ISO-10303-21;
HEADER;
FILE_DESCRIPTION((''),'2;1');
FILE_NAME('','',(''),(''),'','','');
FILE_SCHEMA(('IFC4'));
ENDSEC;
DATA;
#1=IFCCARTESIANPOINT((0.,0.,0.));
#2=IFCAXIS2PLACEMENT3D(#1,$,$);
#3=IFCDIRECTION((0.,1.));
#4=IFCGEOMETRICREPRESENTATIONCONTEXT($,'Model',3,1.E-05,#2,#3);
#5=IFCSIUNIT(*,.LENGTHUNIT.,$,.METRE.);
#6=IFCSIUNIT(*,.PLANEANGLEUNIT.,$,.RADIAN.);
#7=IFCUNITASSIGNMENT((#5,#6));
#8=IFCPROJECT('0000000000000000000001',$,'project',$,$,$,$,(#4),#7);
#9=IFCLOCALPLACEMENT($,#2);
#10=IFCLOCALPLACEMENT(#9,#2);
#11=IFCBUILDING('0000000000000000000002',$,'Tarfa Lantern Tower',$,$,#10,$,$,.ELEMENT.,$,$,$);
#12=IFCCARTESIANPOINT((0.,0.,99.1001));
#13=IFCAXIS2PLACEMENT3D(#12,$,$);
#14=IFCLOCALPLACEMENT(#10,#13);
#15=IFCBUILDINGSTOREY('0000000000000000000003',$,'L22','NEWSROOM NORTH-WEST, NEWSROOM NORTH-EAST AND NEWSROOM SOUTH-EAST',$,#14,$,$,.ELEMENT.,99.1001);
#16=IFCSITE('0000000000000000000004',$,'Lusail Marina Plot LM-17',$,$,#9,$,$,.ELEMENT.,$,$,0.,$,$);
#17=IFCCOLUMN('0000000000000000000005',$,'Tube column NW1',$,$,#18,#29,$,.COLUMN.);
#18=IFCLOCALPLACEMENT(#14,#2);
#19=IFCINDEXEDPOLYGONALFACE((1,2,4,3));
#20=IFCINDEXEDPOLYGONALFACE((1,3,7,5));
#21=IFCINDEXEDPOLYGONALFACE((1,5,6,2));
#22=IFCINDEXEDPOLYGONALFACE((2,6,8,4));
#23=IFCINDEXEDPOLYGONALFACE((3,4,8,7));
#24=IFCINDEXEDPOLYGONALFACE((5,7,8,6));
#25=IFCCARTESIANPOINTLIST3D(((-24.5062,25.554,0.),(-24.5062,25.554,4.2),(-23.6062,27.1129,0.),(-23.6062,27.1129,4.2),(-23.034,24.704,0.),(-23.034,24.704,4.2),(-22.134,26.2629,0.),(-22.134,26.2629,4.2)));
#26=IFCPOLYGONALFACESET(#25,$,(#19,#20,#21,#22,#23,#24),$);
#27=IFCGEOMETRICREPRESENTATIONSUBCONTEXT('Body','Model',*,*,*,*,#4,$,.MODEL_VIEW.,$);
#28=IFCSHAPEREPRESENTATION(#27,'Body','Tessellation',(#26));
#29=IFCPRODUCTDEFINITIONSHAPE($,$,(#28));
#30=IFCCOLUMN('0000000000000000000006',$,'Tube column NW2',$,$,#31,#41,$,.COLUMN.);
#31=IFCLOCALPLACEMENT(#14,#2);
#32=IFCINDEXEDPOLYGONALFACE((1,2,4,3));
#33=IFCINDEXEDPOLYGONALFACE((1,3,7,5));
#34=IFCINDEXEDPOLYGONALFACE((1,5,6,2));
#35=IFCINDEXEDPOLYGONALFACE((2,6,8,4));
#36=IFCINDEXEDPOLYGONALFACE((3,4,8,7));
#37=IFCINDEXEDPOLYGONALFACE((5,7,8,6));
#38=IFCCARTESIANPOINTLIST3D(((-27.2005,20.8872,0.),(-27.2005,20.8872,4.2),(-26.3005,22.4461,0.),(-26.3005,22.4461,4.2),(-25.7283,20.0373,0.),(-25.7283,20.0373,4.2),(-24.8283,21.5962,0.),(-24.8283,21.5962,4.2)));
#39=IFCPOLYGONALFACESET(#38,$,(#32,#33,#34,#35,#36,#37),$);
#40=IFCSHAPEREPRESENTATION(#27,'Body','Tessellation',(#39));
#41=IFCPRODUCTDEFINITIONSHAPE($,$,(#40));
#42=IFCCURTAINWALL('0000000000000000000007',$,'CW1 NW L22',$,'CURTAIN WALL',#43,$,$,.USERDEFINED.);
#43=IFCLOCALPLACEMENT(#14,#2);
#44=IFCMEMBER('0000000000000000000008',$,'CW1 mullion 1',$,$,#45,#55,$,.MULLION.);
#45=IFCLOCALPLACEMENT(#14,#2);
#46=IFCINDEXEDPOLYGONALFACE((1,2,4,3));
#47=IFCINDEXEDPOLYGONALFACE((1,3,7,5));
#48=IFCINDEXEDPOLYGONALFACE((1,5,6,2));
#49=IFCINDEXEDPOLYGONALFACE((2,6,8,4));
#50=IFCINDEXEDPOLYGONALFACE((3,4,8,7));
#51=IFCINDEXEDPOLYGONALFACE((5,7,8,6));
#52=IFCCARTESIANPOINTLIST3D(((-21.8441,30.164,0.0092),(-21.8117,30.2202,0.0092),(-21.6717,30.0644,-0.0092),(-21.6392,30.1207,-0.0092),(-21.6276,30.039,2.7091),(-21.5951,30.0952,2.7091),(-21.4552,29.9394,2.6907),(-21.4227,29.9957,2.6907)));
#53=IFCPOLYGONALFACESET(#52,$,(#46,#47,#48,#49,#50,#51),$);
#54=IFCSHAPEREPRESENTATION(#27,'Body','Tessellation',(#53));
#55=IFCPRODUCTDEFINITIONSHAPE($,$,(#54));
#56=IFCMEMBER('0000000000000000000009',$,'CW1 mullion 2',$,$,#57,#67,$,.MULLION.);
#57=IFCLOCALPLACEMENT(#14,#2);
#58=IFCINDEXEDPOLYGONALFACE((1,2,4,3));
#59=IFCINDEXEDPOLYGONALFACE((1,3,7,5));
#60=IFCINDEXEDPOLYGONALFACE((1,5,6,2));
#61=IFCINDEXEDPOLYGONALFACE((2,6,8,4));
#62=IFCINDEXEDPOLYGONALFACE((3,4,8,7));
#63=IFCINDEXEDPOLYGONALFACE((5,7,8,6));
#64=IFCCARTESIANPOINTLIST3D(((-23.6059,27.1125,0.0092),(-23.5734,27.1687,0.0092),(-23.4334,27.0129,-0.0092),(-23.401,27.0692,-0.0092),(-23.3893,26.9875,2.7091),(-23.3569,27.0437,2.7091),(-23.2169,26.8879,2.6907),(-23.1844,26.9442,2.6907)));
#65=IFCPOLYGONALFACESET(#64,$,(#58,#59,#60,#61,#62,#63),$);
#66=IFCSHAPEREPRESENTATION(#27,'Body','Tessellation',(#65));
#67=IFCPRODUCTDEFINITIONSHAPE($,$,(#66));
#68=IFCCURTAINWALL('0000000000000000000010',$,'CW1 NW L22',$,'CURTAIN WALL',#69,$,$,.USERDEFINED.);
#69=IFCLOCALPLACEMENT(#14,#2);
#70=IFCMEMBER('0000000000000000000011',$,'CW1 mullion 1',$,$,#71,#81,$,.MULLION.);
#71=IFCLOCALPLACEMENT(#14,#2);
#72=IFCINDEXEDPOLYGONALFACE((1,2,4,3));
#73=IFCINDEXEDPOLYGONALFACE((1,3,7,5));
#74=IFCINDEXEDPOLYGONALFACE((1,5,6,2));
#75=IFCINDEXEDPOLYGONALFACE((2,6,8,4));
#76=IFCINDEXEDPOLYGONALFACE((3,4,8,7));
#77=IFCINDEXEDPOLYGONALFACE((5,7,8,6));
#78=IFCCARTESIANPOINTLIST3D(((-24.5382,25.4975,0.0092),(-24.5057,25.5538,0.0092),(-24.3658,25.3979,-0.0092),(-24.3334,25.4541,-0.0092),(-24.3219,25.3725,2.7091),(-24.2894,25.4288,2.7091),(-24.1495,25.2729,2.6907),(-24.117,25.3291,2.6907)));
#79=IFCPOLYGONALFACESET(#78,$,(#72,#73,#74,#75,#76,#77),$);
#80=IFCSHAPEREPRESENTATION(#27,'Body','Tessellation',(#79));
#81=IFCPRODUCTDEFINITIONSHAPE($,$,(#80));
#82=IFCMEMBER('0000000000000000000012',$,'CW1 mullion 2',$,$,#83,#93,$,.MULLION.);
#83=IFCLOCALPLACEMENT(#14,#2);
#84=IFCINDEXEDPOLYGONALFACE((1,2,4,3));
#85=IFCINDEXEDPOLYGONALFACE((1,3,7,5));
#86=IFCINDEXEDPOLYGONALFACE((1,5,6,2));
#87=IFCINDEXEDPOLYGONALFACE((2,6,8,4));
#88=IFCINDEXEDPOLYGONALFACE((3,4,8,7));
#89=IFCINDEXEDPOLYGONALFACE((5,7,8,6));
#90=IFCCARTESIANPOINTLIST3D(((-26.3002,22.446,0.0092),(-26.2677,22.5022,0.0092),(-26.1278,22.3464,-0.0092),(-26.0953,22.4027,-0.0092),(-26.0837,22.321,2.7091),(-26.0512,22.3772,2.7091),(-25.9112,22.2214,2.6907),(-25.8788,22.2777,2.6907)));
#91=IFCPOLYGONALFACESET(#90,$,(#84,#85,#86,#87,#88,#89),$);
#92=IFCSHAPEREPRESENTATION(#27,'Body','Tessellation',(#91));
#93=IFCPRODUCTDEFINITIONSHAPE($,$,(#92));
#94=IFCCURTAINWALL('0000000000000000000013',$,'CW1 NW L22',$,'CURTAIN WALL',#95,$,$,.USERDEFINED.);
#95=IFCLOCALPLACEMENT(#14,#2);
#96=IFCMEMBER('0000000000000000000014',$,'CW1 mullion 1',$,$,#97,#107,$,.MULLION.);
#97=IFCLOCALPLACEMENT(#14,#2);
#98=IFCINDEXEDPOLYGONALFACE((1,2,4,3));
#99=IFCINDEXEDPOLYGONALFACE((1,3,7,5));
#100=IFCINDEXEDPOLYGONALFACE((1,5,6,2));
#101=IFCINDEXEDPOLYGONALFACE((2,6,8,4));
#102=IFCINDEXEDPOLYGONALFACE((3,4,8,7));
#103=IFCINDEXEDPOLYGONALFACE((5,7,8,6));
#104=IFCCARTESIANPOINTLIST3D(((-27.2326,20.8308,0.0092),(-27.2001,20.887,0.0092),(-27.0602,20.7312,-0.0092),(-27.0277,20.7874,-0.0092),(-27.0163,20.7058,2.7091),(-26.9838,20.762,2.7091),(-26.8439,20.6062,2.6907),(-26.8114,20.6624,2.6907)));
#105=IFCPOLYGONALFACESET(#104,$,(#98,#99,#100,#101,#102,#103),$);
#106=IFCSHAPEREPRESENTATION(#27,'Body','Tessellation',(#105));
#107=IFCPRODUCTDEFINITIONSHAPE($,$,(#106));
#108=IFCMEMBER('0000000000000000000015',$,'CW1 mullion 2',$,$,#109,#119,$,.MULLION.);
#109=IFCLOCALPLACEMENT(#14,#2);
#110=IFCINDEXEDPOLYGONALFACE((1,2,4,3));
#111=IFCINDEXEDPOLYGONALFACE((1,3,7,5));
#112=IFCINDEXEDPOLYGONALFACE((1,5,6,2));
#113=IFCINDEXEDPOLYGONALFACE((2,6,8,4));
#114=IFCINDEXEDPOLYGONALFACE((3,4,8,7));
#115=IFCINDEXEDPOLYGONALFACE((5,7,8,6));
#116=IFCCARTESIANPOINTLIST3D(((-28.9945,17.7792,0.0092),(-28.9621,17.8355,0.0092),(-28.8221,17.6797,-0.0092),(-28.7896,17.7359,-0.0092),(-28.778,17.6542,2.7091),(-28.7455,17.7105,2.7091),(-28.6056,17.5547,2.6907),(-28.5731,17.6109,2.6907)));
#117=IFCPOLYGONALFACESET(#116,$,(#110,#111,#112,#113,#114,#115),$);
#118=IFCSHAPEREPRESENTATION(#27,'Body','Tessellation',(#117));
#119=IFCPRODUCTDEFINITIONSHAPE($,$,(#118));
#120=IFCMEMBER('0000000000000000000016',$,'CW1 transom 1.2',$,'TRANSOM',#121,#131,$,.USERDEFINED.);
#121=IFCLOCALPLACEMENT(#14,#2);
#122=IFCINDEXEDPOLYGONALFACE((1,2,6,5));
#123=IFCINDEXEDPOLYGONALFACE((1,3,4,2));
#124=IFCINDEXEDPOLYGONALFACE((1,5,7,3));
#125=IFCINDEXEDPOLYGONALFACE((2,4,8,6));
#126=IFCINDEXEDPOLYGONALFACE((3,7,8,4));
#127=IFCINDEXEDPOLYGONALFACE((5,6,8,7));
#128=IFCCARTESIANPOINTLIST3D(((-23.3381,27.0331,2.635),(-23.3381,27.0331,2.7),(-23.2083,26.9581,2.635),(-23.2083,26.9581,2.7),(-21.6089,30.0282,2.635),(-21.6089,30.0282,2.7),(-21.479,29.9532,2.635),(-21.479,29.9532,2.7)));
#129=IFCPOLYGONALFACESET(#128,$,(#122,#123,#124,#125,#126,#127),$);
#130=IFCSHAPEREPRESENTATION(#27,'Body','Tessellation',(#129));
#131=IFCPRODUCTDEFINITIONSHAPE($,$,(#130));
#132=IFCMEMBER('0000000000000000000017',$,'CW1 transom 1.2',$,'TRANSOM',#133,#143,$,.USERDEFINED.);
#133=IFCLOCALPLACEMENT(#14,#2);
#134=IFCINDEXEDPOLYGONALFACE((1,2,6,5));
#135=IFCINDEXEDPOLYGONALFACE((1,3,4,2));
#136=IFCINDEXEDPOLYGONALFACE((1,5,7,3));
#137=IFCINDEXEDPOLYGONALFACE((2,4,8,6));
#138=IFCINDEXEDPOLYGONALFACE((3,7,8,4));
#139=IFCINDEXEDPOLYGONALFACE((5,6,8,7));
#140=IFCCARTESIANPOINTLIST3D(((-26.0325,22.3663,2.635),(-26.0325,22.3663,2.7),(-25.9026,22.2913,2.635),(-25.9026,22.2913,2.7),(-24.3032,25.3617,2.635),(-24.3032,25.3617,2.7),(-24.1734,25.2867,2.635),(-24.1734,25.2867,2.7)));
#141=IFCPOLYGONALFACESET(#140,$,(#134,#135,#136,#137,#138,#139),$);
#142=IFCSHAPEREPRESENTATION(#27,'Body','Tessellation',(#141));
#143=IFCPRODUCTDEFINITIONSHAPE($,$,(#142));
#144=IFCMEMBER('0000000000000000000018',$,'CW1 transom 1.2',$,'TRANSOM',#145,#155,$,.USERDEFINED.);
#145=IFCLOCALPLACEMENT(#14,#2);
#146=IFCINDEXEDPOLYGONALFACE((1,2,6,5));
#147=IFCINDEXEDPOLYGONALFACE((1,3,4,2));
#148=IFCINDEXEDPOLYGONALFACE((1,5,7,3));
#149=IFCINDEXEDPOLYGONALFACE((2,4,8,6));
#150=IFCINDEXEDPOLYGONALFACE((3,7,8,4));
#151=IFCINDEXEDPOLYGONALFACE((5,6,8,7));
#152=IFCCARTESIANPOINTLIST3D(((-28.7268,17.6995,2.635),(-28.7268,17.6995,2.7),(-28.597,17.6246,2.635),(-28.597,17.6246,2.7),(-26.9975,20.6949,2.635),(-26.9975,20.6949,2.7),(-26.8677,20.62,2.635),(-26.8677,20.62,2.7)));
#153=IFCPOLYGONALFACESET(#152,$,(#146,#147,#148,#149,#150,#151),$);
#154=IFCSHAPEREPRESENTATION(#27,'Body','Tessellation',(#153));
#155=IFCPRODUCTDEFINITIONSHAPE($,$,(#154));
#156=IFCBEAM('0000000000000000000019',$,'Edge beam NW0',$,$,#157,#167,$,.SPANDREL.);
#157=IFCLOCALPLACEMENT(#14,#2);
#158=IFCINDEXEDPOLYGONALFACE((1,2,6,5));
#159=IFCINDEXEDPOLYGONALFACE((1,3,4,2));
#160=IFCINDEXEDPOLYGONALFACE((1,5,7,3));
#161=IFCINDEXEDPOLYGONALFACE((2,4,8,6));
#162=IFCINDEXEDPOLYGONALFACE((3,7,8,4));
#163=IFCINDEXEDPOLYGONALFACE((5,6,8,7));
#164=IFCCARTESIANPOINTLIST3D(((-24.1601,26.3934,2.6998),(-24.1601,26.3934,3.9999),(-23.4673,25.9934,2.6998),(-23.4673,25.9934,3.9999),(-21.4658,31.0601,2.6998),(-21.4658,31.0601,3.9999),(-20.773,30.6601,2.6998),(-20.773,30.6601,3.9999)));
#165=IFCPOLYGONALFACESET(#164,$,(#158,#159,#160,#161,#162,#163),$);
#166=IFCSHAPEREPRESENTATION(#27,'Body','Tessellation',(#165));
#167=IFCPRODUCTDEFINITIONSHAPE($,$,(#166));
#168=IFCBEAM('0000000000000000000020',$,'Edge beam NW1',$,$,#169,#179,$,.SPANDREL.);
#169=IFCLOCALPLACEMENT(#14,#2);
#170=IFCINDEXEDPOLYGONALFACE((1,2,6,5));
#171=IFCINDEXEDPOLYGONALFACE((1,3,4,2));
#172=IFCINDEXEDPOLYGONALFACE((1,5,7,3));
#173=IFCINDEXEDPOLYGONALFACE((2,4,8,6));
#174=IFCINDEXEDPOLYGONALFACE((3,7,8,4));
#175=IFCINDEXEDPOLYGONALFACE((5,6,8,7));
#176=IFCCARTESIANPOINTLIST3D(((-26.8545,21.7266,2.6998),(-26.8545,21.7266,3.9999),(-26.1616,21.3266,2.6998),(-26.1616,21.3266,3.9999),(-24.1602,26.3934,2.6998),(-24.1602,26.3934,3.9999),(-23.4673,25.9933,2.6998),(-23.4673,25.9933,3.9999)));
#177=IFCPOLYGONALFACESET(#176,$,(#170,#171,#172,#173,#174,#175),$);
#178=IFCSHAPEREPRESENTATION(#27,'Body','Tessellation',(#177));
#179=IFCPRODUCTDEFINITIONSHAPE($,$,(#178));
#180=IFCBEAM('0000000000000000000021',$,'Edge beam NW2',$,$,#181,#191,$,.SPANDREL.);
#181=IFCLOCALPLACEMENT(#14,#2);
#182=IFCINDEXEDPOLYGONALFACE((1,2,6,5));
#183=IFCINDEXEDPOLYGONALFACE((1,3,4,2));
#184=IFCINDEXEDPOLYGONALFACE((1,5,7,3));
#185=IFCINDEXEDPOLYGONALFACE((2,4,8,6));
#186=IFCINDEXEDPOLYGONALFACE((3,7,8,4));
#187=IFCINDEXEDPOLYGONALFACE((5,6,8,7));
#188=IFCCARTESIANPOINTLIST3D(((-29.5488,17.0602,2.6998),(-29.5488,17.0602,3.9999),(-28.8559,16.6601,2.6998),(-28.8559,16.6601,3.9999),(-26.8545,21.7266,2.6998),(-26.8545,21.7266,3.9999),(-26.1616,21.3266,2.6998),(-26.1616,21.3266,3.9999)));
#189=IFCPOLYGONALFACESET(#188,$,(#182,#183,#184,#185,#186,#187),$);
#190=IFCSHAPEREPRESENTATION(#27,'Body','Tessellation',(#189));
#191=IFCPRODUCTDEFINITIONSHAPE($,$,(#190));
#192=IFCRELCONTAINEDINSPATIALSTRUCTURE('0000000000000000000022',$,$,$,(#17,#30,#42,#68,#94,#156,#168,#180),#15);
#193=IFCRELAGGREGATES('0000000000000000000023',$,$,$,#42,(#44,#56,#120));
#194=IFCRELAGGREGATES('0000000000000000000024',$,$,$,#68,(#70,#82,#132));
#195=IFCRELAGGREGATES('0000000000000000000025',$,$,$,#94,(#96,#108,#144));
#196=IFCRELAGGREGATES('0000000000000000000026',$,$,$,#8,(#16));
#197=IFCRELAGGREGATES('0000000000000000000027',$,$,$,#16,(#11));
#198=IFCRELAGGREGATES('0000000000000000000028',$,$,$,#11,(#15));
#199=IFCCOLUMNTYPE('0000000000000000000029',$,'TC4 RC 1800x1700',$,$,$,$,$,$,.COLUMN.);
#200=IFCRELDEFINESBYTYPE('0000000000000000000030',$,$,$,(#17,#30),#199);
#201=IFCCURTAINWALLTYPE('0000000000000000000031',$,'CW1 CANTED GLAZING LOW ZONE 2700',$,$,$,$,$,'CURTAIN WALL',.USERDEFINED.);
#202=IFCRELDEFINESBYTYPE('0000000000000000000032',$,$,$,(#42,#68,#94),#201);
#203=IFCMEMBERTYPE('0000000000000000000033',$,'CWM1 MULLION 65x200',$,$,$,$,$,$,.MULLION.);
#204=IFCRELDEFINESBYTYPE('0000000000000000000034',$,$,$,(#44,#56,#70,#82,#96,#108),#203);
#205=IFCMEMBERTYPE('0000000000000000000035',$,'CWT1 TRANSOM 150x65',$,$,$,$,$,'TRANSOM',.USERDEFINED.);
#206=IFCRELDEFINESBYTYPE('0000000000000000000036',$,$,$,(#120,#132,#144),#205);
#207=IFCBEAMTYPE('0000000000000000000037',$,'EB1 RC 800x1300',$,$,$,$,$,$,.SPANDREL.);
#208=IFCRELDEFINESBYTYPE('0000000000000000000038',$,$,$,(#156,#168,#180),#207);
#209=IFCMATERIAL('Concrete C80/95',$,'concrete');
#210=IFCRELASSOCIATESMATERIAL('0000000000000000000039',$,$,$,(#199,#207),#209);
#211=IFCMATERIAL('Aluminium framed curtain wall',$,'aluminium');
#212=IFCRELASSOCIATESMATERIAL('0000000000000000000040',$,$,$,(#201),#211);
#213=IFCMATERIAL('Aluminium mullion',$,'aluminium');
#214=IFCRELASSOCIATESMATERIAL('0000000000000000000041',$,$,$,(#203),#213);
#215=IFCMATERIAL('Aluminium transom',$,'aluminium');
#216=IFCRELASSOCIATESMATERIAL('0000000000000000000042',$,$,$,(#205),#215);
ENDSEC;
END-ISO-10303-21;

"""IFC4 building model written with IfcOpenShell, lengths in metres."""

from ifc_helpers import new_model, si_unit, direction, frame, origin, origin_2d, place, context, subcontext, project, spatial, rectangle, extrude, material, material_profile, profile_set, type_object, element, aggregate, save


model = new_model("IFC4")

# Units and contexts
model_context = context("Model", 3, precision=1e-05, world=origin(), true_north=direction((0.0, 1.0)))
body_context = subcontext(model_context, "Body", "Model", "MODEL_VIEW")
ifc_project = project(units=[si_unit("LENGTHUNIT", "METRE"), si_unit("PLANEANGLEUNIT", "RADIAN")], contexts=[model_context])

# Site, building, storey
site_placement = place(None, origin())
site = spatial("IfcSite", under=ifc_project, at=site_placement, Name="Lusail Marina Plot LM-17", CompositionType="ELEMENT", RefElevation=0.0)
building_placement = place(site_placement, origin())
building = spatial("IfcBuilding", under=site, at=building_placement, Name="Tarfa Lantern Tower", CompositionType="ELEMENT")
storey_placement = place(building_placement, frame((0.0, 0.0, 99.1001)))
storey = spatial("IfcBuildingStorey", under=building, at=storey_placement, Name="L22", Description="NEWSROOM NORTH-WEST, NEWSROOM NORTH-EAST AND NEWSROOM SOUTH-EAST", CompositionType="ELEMENT", Elevation=99.1001)

# Columns
ifc_material_1 = material(Name="Concrete C80/95", Category="concrete")
ifc_material_profile_1 = material_profile(ifc_material_1, rectangle(XDim=1.8, YDim=1.7, at=origin_2d()), Name="RC 1800x1700")
ifc_profile_set_1 = profile_set([ifc_material_profile_1], Name="Concrete C80/95")
column_type = type_object("IfcColumnType", Name="TC4 RC 1800x1700", PredefinedType="COLUMN", material=ifc_profile_set_1)
for number, where, z_axis, x_axis, name in (
    (1, (-23.3201, 25.9084, 0.0), (0.0, 0.0, 1.0), (-0.5, -0.866025, 0.0), "Tube column NW1"),
    (2, (-26.0144, 21.2417, 0.0), (0.0, 0.0, 1.0), (-0.5, -0.866025, 0.0), "Tube column NW2"),
):
    element("IfcColumn", number, at=place(storey_placement, frame(where, z_axis=z_axis, x_axis=x_axis)), inside=storey, type_object=column_type, Name=name, PredefinedType="COLUMN", context=body_context, shape_type="SweptSolid", body=[
        extrude(rectangle(XDim=1.8, YDim=1.7, at=origin_2d()), origin(), (0.0, 0.0, 1.0), 4.2),
    ])

# Curtain walls, members
ifc_material_2 = material(Name="Aluminium framed curtain wall", Category="aluminium")
curtain_wall_type = type_object("IfcCurtainWallType", Name="CW1 CANTED GLAZING LOW ZONE 2700", ElementType="CURTAIN WALL", PredefinedType="USERDEFINED", material=ifc_material_2)
curtain_wall_1_placement = place(storey_placement, origin())
curtain_wall_1 = element("IfcCurtainWall", 3, at=curtain_wall_1_placement, inside=storey, type_object=curtain_wall_type, Name="CW1 NW L22", ObjectType="CURTAIN WALL", PredefinedType="USERDEFINED")
ifc_material_3 = material(Name="Aluminium mullion", Category="aluminium")
ifc_material_profile_2 = material_profile(ifc_material_3, rectangle(XDim=0.0649, YDim=0.2, at=origin_2d()), Name="AL MULLION 65x200")
ifc_profile_set_2 = profile_set([ifc_material_profile_2], Name="Aluminium mullion")
member_type_1 = type_object("IfcMemberType", Name="CWM1 MULLION 65x200", PredefinedType="MULLION", material=ifc_profile_set_2)
member_1_placement = place(storey_placement, frame((-21.7417, 30.1423, 0.0), z_axis=(0.079864, -0.0461, 0.995739), x_axis=(0.49992, 0.866072, 0.0)))
member_1 = element("IfcMember", 4, at=member_1_placement, type_object=member_type_1, Name="CW1 mullion 1", PredefinedType="MULLION", context=body_context, shape_type="SweptSolid", body=[
    extrude(rectangle(XDim=0.0649, YDim=0.2, at=origin_2d()), origin(), (0.0, 0.0, 1.0), 2.7114),
])
member_2_placement = place(storey_placement, frame((-23.5034, 27.0908, 0.0), z_axis=(0.079864, -0.0461, 0.995739), x_axis=(0.49992, 0.866072, 0.0)))
member_2 = element("IfcMember", 5, at=member_2_placement, type_object=member_type_1, Name="CW1 mullion 2", PredefinedType="MULLION", context=body_context, shape_type="SweptSolid", body=[
    extrude(rectangle(XDim=0.0649, YDim=0.2, at=origin_2d()), origin(), (0.0, 0.0, 1.0), 2.7114),
])
curtain_wall_2_placement = place(storey_placement, origin())
curtain_wall_2 = element("IfcCurtainWall", 6, at=curtain_wall_2_placement, inside=storey, type_object=curtain_wall_type, Name="CW1 NW L22", ObjectType="CURTAIN WALL", PredefinedType="USERDEFINED")
member_3_placement = place(storey_placement, frame((-24.4358, 25.4758, 0.0), z_axis=(0.079775, -0.0461, 0.995746), x_axis=(0.500343, 0.865827, 0.0)))
member_3 = element("IfcMember", 7, at=member_3_placement, type_object=member_type_1, Name="CW1 mullion 1", PredefinedType="MULLION", context=body_context, shape_type="SweptSolid", body=[
    extrude(rectangle(XDim=0.0649, YDim=0.2, at=origin_2d()), origin(), (0.0, 0.0, 1.0), 2.7114),
])
member_4_placement = place(storey_placement, frame((-26.1978, 22.4243, 0.0), z_axis=(0.079864, -0.0461, 0.995739), x_axis=(0.49992, 0.866072, 0.0)))
member_4 = element("IfcMember", 8, at=member_4_placement, type_object=member_type_1, Name="CW1 mullion 2", PredefinedType="MULLION", context=body_context, shape_type="SweptSolid", body=[
    extrude(rectangle(XDim=0.0649, YDim=0.2, at=origin_2d()), origin(), (0.0, 0.0, 1.0), 2.7114),
])
curtain_wall_3_placement = place(storey_placement, origin())
curtain_wall_3 = element("IfcCurtainWall", 9, at=curtain_wall_3_placement, inside=storey, type_object=curtain_wall_type, Name="CW1 NW L22", ObjectType="CURTAIN WALL", PredefinedType="USERDEFINED")
member_5_placement = place(storey_placement, frame((-27.1301, 20.8091, 0.0), z_axis=(0.079775, -0.0461, 0.995746), x_axis=(0.500343, 0.865827, 0.0)))
member_5 = element("IfcMember", 10, at=member_5_placement, type_object=member_type_1, Name="CW1 mullion 1", PredefinedType="MULLION", context=body_context, shape_type="SweptSolid", body=[
    extrude(rectangle(XDim=0.0649, YDim=0.2, at=origin_2d()), origin(), (0.0, 0.0, 1.0), 2.7114),
])
member_6_placement = place(storey_placement, frame((-28.8921, 17.7576, 0.0), z_axis=(0.079864, -0.0461, 0.995739), x_axis=(0.49992, 0.866072, 0.0)))
member_6 = element("IfcMember", 11, at=member_6_placement, type_object=member_type_1, Name="CW1 mullion 2", PredefinedType="MULLION", context=body_context, shape_type="SweptSolid", body=[
    extrude(rectangle(XDim=0.0649, YDim=0.2, at=origin_2d()), origin(), (0.0, 0.0, 1.0), 2.7114),
])

# Members
ifc_material_4 = material(Name="Aluminium transom", Category="aluminium")
ifc_material_profile_3 = material_profile(ifc_material_4, rectangle(XDim=0.1499, YDim=0.0649, at=origin_2d()), Name="AL TRANSOM 150x65")
ifc_profile_set_3 = profile_set([ifc_material_profile_3], Name="Aluminium transom")
member_type_2 = type_object("IfcMemberType", Name="CWT1 TRANSOM 150x65", ElementType="TRANSOM", PredefinedType="USERDEFINED", material=ifc_profile_set_3)
member_7_placement = place(storey_placement, frame((-21.5439, 29.9907, 2.6675), z_axis=(-0.500004, -0.866023, 0.0), x_axis=(0.866023, -0.500004, 0.0)))
member_7 = element("IfcMember", 12, at=member_7_placement, type_object=member_type_2, Name="CW1 transom 1.2", ObjectType="TRANSOM", PredefinedType="USERDEFINED", context=body_context, shape_type="SweptSolid", body=[
    extrude(rectangle(XDim=0.1499, YDim=0.0649, at=origin_2d()), origin(), (0.0, 0.0, 1.0), 3.4585),
])
member_8_placement = place(storey_placement, frame((-24.2383, 25.3242, 2.6675), z_axis=(-0.499973, -0.866041, 0.0), x_axis=(0.866041, -0.499973, 0.0)))
member_8 = element("IfcMember", 13, at=member_8_placement, type_object=member_type_2, Name="CW1 transom 1.2", ObjectType="TRANSOM", PredefinedType="USERDEFINED", context=body_context, shape_type="SweptSolid", body=[
    extrude(rectangle(XDim=0.1499, YDim=0.0649, at=origin_2d()), origin(), (0.0, 0.0, 1.0), 3.4587),
])
member_9_placement = place(storey_placement, frame((-26.9326, 20.6575, 2.6675), z_axis=(-0.499973, -0.866041, 0.0), x_axis=(0.866041, -0.499973, 0.0)))
member_9 = element("IfcMember", 14, at=member_9_placement, type_object=member_type_2, Name="CW1 transom 1.2", ObjectType="TRANSOM", PredefinedType="USERDEFINED", context=body_context, shape_type="SweptSolid", body=[
    extrude(rectangle(XDim=0.1499, YDim=0.0649, at=origin_2d()), origin(), (0.0, 0.0, 1.0), 3.4587),
])

# Beams
ifc_material_profile_4 = material_profile(ifc_material_1, rectangle(XDim=0.8, YDim=1.3, at=origin_2d()), Name="RC 800x1300")
ifc_profile_set_4 = profile_set([ifc_material_profile_4], Name="Concrete C80/95")
beam_type_1 = type_object("IfcBeamType", Name="EB1 RC 800x1300", PredefinedType="SPANDREL", material=ifc_profile_set_4)
for number, where, z_axis, x_axis, name in (
    (15, (-21.1194, 30.8601, 3.3499), (-0.499998, -0.866026, 0.0), (0.866026, -0.499998, 0.0), "Edge beam NW0"),
    (16, (-23.8137, 26.1934, 3.3499), (-0.499998, -0.866026, 0.0), (0.866026, -0.499998, 0.0), "Edge beam NW1"),
):
    element("IfcBeam", number, at=place(storey_placement, frame(where, z_axis=z_axis, x_axis=x_axis)), inside=storey, type_object=beam_type_1, Name=name, PredefinedType="SPANDREL", context=body_context, shape_type="SweptSolid", body=[
        extrude(rectangle(XDim=0.8, YDim=1.3, at=origin_2d()), origin(), (0.0, 0.0, 1.0), 5.3887),
    ])
beam_1_placement = place(storey_placement, frame((-26.5081, 21.5266, 3.3499), z_axis=(-0.500018, -0.866015, 0.0), x_axis=(0.866015, -0.500018, 0.0)))
element("IfcBeam", 17, at=beam_1_placement, inside=storey, type_object=beam_type_1, Name="Edge beam NW2", PredefinedType="SPANDREL", context=body_context, shape_type="SweptSolid", body=[
    extrude(rectangle(XDim=0.8, YDim=1.3, at=origin_2d()), origin(), (0.0, 0.0, 1.0), 5.3884),
])

aggregate(curtain_wall_1, [member_1, member_2, member_7])
aggregate(curtain_wall_2, [member_3, member_4, member_8])
aggregate(curtain_wall_3, [member_5, member_6, member_9])

save(model, "model.ifc")
